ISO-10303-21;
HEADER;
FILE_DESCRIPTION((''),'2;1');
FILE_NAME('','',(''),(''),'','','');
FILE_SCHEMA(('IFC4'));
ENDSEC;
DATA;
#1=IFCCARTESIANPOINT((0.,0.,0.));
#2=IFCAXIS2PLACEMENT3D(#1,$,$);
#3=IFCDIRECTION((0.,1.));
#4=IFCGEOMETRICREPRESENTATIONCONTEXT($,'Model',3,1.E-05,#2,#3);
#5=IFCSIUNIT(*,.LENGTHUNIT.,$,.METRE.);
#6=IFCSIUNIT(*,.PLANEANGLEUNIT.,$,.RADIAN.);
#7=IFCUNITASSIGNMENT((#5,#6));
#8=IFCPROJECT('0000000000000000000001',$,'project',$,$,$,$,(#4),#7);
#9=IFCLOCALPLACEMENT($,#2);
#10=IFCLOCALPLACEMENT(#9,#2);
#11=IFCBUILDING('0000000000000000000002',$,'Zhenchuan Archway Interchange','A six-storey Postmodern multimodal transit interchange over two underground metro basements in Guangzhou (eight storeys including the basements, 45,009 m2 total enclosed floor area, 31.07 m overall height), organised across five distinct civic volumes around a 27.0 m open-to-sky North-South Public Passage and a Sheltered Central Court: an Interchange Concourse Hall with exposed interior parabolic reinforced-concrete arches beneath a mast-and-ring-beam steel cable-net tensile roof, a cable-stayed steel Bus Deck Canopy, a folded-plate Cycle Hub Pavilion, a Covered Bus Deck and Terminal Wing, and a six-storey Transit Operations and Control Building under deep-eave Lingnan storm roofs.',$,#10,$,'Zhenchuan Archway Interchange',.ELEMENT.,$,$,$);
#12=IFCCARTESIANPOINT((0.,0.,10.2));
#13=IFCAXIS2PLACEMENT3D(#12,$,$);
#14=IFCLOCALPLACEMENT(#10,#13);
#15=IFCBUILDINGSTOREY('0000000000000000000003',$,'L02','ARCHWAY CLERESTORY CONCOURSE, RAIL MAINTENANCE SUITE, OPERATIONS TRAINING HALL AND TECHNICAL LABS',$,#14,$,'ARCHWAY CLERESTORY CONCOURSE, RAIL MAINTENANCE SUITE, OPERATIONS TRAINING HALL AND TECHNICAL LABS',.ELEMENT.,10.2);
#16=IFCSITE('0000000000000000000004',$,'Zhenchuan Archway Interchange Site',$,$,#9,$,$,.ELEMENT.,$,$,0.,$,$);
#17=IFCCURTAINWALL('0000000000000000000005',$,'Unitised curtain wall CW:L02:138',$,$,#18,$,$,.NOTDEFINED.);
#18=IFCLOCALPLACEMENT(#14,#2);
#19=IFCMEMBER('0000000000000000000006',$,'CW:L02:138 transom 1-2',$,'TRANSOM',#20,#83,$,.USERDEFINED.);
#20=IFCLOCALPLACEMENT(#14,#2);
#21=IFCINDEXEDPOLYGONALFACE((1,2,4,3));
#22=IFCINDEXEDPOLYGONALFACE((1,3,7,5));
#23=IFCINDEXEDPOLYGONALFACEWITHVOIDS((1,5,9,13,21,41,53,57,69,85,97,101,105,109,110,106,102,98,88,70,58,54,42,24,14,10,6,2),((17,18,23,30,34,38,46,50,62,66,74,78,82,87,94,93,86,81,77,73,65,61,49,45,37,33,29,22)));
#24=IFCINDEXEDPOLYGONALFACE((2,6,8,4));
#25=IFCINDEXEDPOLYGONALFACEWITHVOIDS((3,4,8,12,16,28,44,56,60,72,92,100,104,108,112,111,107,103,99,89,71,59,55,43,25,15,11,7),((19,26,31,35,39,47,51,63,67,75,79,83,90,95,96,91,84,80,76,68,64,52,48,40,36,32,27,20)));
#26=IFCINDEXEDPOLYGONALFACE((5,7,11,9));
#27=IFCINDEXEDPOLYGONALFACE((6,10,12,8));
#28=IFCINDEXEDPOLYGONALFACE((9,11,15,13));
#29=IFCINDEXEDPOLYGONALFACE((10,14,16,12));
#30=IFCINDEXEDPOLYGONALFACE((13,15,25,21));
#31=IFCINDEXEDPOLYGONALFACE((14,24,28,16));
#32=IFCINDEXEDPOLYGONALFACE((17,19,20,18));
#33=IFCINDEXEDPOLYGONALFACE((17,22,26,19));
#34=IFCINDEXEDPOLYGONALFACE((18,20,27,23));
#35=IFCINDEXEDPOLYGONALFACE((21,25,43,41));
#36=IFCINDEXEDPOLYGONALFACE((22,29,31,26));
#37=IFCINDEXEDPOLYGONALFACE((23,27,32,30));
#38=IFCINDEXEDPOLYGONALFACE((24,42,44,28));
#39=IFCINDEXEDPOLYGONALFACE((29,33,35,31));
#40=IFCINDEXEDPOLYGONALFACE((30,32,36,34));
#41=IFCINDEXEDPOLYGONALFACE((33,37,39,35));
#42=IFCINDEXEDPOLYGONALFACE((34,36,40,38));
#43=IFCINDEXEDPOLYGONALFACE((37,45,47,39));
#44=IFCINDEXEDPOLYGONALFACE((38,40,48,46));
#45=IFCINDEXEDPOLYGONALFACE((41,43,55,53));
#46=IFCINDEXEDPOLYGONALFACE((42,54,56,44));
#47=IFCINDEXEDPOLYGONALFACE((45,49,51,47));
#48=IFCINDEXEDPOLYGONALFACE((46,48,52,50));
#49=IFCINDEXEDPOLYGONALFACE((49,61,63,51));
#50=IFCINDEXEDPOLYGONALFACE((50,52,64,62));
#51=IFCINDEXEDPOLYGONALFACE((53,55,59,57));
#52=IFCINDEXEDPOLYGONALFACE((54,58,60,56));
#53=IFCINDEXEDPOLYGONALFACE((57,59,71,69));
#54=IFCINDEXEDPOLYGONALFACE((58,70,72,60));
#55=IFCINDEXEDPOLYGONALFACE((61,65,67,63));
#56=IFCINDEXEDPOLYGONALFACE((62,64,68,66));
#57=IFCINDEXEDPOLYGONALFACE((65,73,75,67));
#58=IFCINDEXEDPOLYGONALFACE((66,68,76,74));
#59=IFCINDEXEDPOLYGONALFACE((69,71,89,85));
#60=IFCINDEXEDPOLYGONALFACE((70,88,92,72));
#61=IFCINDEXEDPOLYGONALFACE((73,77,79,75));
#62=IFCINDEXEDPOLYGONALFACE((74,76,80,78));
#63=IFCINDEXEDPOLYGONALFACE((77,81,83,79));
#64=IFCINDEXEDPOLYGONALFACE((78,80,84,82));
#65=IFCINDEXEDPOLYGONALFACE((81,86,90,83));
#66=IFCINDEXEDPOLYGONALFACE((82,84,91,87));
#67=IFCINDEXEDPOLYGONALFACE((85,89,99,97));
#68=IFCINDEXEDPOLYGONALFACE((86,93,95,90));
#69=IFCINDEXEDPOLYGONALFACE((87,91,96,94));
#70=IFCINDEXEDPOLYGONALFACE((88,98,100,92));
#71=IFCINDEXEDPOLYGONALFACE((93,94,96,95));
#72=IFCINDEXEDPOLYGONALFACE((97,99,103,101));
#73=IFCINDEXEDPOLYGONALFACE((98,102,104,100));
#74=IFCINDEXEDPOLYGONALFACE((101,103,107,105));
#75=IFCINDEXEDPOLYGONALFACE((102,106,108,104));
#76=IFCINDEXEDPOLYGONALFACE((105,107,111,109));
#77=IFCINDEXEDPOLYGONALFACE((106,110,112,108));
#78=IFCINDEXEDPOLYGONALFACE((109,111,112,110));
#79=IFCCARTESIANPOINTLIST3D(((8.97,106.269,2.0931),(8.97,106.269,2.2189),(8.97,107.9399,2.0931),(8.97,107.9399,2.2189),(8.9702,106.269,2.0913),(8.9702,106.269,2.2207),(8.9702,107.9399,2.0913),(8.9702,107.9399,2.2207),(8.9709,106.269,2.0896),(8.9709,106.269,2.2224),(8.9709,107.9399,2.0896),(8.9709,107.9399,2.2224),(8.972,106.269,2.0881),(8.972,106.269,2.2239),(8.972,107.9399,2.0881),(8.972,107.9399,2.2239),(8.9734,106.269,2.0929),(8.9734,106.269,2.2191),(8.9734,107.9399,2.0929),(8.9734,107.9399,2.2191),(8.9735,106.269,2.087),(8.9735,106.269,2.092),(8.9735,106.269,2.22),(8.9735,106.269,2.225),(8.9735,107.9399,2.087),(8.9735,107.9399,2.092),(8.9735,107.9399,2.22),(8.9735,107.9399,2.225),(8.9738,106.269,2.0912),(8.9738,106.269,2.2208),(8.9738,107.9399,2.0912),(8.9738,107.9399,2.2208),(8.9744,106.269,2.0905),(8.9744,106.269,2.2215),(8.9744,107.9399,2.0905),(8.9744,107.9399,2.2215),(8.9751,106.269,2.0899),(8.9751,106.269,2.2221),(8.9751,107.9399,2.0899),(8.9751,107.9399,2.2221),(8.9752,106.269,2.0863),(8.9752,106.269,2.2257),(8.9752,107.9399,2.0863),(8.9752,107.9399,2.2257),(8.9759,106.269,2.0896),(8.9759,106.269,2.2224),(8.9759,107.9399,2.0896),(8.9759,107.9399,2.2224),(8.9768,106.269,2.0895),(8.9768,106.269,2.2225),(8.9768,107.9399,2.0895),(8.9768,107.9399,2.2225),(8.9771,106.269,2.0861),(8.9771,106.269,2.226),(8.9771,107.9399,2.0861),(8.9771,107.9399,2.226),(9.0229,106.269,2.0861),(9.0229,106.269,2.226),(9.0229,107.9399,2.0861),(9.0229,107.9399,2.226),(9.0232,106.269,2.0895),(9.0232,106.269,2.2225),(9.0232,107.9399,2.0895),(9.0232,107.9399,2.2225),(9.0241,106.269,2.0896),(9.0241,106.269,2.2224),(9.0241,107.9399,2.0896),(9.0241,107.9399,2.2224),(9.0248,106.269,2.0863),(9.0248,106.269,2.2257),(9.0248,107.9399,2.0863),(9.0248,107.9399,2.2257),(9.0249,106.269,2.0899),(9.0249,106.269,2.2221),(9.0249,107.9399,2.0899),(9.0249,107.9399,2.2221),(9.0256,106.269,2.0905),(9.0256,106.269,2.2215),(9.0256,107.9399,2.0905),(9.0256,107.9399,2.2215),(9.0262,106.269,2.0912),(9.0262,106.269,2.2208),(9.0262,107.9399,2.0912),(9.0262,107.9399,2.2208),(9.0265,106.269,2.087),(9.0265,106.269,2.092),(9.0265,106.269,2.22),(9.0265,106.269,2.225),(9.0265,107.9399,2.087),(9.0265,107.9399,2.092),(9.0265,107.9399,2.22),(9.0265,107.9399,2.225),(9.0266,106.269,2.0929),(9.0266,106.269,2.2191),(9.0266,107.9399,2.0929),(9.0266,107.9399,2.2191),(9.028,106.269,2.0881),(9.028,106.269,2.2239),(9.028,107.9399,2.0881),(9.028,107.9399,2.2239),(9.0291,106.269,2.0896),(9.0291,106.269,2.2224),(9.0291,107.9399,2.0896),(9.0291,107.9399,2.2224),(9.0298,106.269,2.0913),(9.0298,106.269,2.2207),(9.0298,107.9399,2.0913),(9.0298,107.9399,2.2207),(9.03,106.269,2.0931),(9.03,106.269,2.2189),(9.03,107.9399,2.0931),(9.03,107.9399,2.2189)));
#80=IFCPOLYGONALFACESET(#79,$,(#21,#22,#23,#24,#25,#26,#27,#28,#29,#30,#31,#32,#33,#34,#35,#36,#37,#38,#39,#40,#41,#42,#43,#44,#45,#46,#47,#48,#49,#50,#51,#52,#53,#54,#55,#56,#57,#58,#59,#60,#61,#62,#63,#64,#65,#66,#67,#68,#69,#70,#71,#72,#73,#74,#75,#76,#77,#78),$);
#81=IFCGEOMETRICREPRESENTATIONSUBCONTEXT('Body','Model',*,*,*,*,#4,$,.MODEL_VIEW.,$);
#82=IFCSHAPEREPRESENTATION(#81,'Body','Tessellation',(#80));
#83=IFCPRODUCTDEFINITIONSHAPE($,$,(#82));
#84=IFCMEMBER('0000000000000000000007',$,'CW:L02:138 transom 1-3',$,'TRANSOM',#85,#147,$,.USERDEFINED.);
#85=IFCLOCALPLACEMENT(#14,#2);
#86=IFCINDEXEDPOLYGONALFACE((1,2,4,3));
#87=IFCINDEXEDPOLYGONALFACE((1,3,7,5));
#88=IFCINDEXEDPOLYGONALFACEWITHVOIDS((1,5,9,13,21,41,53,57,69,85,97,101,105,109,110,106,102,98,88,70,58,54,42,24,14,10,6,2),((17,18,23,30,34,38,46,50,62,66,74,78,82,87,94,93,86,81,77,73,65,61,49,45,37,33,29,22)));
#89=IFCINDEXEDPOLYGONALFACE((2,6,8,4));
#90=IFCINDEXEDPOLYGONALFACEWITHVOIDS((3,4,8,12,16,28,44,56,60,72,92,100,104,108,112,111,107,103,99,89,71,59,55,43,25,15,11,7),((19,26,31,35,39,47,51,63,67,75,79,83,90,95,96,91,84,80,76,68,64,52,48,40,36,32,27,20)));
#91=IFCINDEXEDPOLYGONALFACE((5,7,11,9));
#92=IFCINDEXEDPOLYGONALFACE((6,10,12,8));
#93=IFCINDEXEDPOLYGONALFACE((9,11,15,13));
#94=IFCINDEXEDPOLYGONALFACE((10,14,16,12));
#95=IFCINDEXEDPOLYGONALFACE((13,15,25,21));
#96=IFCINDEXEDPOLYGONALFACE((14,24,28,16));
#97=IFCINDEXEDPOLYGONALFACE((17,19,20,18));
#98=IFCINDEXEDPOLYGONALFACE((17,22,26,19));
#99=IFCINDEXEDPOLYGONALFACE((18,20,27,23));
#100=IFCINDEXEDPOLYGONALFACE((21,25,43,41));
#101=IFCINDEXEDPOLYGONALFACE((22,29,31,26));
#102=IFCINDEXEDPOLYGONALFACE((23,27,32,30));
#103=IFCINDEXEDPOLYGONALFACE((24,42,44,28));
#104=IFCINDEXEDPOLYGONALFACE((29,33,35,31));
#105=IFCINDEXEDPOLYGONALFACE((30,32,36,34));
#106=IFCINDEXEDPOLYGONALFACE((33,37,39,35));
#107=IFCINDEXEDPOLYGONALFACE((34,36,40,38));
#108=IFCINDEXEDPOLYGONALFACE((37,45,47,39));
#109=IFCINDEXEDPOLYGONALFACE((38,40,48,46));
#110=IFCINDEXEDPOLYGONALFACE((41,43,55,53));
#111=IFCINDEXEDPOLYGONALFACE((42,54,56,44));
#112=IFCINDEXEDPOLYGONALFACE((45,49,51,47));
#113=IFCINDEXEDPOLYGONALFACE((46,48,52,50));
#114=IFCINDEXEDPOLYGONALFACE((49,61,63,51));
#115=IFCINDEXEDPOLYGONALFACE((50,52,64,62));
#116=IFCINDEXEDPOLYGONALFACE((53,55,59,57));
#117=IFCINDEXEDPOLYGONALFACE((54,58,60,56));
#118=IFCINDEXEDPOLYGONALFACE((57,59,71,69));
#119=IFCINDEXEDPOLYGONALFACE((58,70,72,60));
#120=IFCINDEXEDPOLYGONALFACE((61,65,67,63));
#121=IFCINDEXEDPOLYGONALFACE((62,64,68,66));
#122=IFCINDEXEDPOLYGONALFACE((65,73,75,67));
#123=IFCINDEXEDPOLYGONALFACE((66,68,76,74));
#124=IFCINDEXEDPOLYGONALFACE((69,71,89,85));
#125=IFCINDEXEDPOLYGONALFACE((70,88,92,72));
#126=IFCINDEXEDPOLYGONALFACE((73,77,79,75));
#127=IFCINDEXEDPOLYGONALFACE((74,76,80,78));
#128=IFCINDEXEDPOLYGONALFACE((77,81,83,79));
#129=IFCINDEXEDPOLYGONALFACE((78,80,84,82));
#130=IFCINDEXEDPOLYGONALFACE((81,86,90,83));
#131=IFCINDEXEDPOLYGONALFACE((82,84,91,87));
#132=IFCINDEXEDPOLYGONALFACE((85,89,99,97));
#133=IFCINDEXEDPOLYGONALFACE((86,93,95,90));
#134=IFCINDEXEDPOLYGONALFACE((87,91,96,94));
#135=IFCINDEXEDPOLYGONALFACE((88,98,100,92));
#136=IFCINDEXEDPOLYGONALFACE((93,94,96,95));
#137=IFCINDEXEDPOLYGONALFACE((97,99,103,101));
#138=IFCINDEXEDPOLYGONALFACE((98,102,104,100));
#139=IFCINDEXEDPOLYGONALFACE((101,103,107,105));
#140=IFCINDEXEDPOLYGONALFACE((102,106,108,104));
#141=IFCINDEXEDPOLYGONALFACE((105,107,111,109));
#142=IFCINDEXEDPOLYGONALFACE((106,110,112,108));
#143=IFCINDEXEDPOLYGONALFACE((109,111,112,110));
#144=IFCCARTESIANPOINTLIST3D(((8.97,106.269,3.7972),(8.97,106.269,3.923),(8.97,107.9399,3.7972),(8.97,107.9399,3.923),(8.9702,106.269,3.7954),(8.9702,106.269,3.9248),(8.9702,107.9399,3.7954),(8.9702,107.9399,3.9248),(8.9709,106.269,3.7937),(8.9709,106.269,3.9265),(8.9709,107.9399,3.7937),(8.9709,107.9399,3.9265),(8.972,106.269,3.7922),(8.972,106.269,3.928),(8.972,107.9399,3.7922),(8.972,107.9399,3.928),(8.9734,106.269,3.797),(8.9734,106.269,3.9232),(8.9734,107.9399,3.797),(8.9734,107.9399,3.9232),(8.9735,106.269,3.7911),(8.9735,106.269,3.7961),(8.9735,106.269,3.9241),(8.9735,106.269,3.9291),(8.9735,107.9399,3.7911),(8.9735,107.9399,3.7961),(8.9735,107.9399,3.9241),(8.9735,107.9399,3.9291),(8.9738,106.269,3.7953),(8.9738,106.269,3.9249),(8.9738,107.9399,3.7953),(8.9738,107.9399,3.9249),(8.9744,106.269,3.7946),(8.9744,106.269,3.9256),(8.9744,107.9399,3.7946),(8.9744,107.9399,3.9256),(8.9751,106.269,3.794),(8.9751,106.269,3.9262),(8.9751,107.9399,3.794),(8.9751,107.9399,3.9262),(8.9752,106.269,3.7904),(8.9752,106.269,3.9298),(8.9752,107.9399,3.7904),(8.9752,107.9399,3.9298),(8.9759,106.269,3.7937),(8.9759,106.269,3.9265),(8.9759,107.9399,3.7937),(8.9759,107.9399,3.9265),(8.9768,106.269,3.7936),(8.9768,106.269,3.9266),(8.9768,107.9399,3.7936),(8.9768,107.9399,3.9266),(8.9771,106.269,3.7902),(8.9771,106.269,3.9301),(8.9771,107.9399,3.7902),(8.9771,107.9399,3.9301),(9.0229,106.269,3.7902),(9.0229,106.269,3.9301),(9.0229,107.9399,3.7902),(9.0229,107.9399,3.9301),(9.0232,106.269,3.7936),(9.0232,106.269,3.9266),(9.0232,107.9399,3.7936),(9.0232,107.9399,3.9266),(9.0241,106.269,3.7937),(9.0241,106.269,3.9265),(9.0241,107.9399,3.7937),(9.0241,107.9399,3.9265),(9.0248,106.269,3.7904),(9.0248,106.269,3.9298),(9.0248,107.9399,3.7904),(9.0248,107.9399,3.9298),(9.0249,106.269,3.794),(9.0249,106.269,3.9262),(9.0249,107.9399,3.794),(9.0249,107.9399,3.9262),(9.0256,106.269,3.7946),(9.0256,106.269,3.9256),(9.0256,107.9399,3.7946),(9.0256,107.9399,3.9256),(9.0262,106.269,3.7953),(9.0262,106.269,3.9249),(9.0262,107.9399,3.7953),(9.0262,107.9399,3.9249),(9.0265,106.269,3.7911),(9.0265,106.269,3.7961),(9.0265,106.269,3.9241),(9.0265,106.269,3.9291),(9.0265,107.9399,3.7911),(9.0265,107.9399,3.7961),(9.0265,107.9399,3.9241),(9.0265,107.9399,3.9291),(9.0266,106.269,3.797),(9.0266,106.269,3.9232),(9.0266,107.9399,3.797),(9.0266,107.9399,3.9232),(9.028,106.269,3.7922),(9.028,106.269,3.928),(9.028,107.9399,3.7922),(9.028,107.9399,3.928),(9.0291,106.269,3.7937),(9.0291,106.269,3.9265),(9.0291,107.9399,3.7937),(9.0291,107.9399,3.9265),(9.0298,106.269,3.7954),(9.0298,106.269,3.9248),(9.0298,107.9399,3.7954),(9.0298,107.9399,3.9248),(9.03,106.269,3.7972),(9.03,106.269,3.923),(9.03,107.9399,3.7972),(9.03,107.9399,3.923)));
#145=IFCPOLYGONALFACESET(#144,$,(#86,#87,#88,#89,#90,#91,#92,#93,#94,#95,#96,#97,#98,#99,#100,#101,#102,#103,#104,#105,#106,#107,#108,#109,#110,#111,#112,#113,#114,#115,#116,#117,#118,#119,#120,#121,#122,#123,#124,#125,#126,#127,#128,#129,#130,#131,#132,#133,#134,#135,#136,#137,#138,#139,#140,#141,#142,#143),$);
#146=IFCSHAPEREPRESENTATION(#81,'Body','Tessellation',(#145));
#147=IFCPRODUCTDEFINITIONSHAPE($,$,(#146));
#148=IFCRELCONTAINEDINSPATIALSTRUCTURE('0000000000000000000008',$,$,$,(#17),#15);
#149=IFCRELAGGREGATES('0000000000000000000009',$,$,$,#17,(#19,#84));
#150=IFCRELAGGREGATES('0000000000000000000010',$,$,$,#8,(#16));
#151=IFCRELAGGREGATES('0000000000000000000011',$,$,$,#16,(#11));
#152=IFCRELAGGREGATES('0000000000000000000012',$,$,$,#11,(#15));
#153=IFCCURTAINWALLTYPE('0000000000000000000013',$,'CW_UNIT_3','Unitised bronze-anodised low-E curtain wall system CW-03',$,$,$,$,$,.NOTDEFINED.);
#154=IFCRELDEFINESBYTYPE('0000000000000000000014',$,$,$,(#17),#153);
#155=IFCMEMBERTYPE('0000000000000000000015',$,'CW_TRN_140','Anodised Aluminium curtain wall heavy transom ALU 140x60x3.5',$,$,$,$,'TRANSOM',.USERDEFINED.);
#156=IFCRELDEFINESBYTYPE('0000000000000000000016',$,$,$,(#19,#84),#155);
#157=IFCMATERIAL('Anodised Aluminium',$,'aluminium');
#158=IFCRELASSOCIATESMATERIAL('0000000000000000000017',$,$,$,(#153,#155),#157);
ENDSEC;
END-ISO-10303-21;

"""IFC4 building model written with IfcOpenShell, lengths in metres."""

from ifc_helpers import new_model, si_unit, direction, frame, origin, origin_2d, place, context, subcontext, project, spatial, hollow_rectangle, extrude, material, material_profile, profile_set, type_object, element, aggregate, save


model = new_model("IFC4")

# Units and contexts
model_context = context("Model", 3, precision=1e-05, world=origin(), true_north=direction((0.0, 1.0)))
body_context = subcontext(model_context, "Body", "Model", "MODEL_VIEW")
ifc_project = project(units=[si_unit("LENGTHUNIT", "METRE"), si_unit("PLANEANGLEUNIT", "RADIAN")], contexts=[model_context])

# Site, building, storey
site_placement = place(None, origin())
site = spatial("IfcSite", under=ifc_project, at=site_placement, Name="Zhenchuan Archway Interchange Site", CompositionType="ELEMENT", RefElevation=0.0)
building_placement = place(site_placement, origin())
building = spatial("IfcBuilding", under=site, at=building_placement, Name="Zhenchuan Archway Interchange", Description="A six-storey Postmodern multimodal transit interchange over two underground metro basements in Guangzhou (eight storeys including the basements, 45,009 m2 total enclosed floor area, 31.07 m overall height), organised across five distinct civic volumes around a 27.0 m open-to-sky North-South Public Passage and a Sheltered Central Court: an Interchange Concourse Hall with exposed interior parabolic reinforced-concrete arches beneath a mast-and-ring-beam steel cable-net tensile roof, a cable-stayed steel Bus Deck Canopy, a folded-plate Cycle Hub Pavilion, a Covered Bus Deck and Terminal Wing, and a six-storey Transit Operations and Control Building under deep-eave Lingnan storm roofs.", LongName="Zhenchuan Archway Interchange", CompositionType="ELEMENT")
storey_placement = place(building_placement, frame((0.0, 0.0, 10.2)))
storey = spatial("IfcBuildingStorey", under=building, at=storey_placement, Name="L02", Description="ARCHWAY CLERESTORY CONCOURSE, RAIL MAINTENANCE SUITE, OPERATIONS TRAINING HALL AND TECHNICAL LABS", LongName="ARCHWAY CLERESTORY CONCOURSE, RAIL MAINTENANCE SUITE, OPERATIONS TRAINING HALL AND TECHNICAL LABS", CompositionType="ELEMENT", Elevation=10.2)

# Curtain wall, members
ifc_material_1 = material(Name="Anodised Aluminium", Category="aluminium")
curtain_wall_type = type_object("IfcCurtainWallType", Name="CW_UNIT_3", Description="Unitised bronze-anodised low-E curtain wall system CW-03", PredefinedType="NOTDEFINED", material=ifc_material_1)
curtain_wall_placement = place(storey_placement, origin())
curtain_wall = element("IfcCurtainWall", 1, at=curtain_wall_placement, inside=storey, type_object=curtain_wall_type, Name="Unitised curtain wall CW:L02:138", PredefinedType="NOTDEFINED")
ifc_material_profile_1 = material_profile(ifc_material_1, hollow_rectangle(XDim=0.0601, YDim=0.1399, WallThickness=0.0034, InnerFilletRadius=0.0034, OuterFilletRadius=0.0071, at=origin_2d()), Name="ALU 140x60x3.5")
ifc_profile_set_1 = profile_set([ifc_material_profile_1], Name="Anodised Aluminium")
member_type_1 = type_object("IfcMemberType", Name="CW_TRN_140", Description="Anodised Aluminium curtain wall heavy transom ALU 140x60x3.5", ElementType="TRANSOM", PredefinedType="USERDEFINED", material=ifc_profile_set_1)
member_1_placement = place(storey_placement, frame((9.0, 106.269, 2.156), z_axis=(0.0, 1.0, 0.0), x_axis=(-1.0, 0.0, 0.0)))
member_1 = element("IfcMember", 2, at=member_1_placement, type_object=member_type_1, Name="CW:L02:138 transom 1-2", ObjectType="TRANSOM", PredefinedType="USERDEFINED", context=body_context, shape_type="SweptSolid", body=[
    extrude(hollow_rectangle(XDim=0.0601, YDim=0.1399, WallThickness=0.0034, InnerFilletRadius=0.0034, OuterFilletRadius=0.0071, at=origin_2d()), origin(), (0.0, 0.0, 1.0), 1.6709),
])
member_2_placement = place(storey_placement, frame((9.0, 106.269, 3.8601), z_axis=(0.0, 1.0, 0.0), x_axis=(-1.0, 0.0, 0.0)))
member_2 = element("IfcMember", 3, at=member_2_placement, type_object=member_type_1, Name="CW:L02:138 transom 1-3", ObjectType="TRANSOM", PredefinedType="USERDEFINED", context=body_context, shape_type="SweptSolid", body=[
    extrude(hollow_rectangle(XDim=0.0601, YDim=0.1399, WallThickness=0.0034, InnerFilletRadius=0.0034, OuterFilletRadius=0.0071, at=origin_2d()), origin(), (0.0, 0.0, 1.0), 1.6709),
])
aggregate(curtain_wall, [member_1, member_2])

save(model, "model.ifc")
